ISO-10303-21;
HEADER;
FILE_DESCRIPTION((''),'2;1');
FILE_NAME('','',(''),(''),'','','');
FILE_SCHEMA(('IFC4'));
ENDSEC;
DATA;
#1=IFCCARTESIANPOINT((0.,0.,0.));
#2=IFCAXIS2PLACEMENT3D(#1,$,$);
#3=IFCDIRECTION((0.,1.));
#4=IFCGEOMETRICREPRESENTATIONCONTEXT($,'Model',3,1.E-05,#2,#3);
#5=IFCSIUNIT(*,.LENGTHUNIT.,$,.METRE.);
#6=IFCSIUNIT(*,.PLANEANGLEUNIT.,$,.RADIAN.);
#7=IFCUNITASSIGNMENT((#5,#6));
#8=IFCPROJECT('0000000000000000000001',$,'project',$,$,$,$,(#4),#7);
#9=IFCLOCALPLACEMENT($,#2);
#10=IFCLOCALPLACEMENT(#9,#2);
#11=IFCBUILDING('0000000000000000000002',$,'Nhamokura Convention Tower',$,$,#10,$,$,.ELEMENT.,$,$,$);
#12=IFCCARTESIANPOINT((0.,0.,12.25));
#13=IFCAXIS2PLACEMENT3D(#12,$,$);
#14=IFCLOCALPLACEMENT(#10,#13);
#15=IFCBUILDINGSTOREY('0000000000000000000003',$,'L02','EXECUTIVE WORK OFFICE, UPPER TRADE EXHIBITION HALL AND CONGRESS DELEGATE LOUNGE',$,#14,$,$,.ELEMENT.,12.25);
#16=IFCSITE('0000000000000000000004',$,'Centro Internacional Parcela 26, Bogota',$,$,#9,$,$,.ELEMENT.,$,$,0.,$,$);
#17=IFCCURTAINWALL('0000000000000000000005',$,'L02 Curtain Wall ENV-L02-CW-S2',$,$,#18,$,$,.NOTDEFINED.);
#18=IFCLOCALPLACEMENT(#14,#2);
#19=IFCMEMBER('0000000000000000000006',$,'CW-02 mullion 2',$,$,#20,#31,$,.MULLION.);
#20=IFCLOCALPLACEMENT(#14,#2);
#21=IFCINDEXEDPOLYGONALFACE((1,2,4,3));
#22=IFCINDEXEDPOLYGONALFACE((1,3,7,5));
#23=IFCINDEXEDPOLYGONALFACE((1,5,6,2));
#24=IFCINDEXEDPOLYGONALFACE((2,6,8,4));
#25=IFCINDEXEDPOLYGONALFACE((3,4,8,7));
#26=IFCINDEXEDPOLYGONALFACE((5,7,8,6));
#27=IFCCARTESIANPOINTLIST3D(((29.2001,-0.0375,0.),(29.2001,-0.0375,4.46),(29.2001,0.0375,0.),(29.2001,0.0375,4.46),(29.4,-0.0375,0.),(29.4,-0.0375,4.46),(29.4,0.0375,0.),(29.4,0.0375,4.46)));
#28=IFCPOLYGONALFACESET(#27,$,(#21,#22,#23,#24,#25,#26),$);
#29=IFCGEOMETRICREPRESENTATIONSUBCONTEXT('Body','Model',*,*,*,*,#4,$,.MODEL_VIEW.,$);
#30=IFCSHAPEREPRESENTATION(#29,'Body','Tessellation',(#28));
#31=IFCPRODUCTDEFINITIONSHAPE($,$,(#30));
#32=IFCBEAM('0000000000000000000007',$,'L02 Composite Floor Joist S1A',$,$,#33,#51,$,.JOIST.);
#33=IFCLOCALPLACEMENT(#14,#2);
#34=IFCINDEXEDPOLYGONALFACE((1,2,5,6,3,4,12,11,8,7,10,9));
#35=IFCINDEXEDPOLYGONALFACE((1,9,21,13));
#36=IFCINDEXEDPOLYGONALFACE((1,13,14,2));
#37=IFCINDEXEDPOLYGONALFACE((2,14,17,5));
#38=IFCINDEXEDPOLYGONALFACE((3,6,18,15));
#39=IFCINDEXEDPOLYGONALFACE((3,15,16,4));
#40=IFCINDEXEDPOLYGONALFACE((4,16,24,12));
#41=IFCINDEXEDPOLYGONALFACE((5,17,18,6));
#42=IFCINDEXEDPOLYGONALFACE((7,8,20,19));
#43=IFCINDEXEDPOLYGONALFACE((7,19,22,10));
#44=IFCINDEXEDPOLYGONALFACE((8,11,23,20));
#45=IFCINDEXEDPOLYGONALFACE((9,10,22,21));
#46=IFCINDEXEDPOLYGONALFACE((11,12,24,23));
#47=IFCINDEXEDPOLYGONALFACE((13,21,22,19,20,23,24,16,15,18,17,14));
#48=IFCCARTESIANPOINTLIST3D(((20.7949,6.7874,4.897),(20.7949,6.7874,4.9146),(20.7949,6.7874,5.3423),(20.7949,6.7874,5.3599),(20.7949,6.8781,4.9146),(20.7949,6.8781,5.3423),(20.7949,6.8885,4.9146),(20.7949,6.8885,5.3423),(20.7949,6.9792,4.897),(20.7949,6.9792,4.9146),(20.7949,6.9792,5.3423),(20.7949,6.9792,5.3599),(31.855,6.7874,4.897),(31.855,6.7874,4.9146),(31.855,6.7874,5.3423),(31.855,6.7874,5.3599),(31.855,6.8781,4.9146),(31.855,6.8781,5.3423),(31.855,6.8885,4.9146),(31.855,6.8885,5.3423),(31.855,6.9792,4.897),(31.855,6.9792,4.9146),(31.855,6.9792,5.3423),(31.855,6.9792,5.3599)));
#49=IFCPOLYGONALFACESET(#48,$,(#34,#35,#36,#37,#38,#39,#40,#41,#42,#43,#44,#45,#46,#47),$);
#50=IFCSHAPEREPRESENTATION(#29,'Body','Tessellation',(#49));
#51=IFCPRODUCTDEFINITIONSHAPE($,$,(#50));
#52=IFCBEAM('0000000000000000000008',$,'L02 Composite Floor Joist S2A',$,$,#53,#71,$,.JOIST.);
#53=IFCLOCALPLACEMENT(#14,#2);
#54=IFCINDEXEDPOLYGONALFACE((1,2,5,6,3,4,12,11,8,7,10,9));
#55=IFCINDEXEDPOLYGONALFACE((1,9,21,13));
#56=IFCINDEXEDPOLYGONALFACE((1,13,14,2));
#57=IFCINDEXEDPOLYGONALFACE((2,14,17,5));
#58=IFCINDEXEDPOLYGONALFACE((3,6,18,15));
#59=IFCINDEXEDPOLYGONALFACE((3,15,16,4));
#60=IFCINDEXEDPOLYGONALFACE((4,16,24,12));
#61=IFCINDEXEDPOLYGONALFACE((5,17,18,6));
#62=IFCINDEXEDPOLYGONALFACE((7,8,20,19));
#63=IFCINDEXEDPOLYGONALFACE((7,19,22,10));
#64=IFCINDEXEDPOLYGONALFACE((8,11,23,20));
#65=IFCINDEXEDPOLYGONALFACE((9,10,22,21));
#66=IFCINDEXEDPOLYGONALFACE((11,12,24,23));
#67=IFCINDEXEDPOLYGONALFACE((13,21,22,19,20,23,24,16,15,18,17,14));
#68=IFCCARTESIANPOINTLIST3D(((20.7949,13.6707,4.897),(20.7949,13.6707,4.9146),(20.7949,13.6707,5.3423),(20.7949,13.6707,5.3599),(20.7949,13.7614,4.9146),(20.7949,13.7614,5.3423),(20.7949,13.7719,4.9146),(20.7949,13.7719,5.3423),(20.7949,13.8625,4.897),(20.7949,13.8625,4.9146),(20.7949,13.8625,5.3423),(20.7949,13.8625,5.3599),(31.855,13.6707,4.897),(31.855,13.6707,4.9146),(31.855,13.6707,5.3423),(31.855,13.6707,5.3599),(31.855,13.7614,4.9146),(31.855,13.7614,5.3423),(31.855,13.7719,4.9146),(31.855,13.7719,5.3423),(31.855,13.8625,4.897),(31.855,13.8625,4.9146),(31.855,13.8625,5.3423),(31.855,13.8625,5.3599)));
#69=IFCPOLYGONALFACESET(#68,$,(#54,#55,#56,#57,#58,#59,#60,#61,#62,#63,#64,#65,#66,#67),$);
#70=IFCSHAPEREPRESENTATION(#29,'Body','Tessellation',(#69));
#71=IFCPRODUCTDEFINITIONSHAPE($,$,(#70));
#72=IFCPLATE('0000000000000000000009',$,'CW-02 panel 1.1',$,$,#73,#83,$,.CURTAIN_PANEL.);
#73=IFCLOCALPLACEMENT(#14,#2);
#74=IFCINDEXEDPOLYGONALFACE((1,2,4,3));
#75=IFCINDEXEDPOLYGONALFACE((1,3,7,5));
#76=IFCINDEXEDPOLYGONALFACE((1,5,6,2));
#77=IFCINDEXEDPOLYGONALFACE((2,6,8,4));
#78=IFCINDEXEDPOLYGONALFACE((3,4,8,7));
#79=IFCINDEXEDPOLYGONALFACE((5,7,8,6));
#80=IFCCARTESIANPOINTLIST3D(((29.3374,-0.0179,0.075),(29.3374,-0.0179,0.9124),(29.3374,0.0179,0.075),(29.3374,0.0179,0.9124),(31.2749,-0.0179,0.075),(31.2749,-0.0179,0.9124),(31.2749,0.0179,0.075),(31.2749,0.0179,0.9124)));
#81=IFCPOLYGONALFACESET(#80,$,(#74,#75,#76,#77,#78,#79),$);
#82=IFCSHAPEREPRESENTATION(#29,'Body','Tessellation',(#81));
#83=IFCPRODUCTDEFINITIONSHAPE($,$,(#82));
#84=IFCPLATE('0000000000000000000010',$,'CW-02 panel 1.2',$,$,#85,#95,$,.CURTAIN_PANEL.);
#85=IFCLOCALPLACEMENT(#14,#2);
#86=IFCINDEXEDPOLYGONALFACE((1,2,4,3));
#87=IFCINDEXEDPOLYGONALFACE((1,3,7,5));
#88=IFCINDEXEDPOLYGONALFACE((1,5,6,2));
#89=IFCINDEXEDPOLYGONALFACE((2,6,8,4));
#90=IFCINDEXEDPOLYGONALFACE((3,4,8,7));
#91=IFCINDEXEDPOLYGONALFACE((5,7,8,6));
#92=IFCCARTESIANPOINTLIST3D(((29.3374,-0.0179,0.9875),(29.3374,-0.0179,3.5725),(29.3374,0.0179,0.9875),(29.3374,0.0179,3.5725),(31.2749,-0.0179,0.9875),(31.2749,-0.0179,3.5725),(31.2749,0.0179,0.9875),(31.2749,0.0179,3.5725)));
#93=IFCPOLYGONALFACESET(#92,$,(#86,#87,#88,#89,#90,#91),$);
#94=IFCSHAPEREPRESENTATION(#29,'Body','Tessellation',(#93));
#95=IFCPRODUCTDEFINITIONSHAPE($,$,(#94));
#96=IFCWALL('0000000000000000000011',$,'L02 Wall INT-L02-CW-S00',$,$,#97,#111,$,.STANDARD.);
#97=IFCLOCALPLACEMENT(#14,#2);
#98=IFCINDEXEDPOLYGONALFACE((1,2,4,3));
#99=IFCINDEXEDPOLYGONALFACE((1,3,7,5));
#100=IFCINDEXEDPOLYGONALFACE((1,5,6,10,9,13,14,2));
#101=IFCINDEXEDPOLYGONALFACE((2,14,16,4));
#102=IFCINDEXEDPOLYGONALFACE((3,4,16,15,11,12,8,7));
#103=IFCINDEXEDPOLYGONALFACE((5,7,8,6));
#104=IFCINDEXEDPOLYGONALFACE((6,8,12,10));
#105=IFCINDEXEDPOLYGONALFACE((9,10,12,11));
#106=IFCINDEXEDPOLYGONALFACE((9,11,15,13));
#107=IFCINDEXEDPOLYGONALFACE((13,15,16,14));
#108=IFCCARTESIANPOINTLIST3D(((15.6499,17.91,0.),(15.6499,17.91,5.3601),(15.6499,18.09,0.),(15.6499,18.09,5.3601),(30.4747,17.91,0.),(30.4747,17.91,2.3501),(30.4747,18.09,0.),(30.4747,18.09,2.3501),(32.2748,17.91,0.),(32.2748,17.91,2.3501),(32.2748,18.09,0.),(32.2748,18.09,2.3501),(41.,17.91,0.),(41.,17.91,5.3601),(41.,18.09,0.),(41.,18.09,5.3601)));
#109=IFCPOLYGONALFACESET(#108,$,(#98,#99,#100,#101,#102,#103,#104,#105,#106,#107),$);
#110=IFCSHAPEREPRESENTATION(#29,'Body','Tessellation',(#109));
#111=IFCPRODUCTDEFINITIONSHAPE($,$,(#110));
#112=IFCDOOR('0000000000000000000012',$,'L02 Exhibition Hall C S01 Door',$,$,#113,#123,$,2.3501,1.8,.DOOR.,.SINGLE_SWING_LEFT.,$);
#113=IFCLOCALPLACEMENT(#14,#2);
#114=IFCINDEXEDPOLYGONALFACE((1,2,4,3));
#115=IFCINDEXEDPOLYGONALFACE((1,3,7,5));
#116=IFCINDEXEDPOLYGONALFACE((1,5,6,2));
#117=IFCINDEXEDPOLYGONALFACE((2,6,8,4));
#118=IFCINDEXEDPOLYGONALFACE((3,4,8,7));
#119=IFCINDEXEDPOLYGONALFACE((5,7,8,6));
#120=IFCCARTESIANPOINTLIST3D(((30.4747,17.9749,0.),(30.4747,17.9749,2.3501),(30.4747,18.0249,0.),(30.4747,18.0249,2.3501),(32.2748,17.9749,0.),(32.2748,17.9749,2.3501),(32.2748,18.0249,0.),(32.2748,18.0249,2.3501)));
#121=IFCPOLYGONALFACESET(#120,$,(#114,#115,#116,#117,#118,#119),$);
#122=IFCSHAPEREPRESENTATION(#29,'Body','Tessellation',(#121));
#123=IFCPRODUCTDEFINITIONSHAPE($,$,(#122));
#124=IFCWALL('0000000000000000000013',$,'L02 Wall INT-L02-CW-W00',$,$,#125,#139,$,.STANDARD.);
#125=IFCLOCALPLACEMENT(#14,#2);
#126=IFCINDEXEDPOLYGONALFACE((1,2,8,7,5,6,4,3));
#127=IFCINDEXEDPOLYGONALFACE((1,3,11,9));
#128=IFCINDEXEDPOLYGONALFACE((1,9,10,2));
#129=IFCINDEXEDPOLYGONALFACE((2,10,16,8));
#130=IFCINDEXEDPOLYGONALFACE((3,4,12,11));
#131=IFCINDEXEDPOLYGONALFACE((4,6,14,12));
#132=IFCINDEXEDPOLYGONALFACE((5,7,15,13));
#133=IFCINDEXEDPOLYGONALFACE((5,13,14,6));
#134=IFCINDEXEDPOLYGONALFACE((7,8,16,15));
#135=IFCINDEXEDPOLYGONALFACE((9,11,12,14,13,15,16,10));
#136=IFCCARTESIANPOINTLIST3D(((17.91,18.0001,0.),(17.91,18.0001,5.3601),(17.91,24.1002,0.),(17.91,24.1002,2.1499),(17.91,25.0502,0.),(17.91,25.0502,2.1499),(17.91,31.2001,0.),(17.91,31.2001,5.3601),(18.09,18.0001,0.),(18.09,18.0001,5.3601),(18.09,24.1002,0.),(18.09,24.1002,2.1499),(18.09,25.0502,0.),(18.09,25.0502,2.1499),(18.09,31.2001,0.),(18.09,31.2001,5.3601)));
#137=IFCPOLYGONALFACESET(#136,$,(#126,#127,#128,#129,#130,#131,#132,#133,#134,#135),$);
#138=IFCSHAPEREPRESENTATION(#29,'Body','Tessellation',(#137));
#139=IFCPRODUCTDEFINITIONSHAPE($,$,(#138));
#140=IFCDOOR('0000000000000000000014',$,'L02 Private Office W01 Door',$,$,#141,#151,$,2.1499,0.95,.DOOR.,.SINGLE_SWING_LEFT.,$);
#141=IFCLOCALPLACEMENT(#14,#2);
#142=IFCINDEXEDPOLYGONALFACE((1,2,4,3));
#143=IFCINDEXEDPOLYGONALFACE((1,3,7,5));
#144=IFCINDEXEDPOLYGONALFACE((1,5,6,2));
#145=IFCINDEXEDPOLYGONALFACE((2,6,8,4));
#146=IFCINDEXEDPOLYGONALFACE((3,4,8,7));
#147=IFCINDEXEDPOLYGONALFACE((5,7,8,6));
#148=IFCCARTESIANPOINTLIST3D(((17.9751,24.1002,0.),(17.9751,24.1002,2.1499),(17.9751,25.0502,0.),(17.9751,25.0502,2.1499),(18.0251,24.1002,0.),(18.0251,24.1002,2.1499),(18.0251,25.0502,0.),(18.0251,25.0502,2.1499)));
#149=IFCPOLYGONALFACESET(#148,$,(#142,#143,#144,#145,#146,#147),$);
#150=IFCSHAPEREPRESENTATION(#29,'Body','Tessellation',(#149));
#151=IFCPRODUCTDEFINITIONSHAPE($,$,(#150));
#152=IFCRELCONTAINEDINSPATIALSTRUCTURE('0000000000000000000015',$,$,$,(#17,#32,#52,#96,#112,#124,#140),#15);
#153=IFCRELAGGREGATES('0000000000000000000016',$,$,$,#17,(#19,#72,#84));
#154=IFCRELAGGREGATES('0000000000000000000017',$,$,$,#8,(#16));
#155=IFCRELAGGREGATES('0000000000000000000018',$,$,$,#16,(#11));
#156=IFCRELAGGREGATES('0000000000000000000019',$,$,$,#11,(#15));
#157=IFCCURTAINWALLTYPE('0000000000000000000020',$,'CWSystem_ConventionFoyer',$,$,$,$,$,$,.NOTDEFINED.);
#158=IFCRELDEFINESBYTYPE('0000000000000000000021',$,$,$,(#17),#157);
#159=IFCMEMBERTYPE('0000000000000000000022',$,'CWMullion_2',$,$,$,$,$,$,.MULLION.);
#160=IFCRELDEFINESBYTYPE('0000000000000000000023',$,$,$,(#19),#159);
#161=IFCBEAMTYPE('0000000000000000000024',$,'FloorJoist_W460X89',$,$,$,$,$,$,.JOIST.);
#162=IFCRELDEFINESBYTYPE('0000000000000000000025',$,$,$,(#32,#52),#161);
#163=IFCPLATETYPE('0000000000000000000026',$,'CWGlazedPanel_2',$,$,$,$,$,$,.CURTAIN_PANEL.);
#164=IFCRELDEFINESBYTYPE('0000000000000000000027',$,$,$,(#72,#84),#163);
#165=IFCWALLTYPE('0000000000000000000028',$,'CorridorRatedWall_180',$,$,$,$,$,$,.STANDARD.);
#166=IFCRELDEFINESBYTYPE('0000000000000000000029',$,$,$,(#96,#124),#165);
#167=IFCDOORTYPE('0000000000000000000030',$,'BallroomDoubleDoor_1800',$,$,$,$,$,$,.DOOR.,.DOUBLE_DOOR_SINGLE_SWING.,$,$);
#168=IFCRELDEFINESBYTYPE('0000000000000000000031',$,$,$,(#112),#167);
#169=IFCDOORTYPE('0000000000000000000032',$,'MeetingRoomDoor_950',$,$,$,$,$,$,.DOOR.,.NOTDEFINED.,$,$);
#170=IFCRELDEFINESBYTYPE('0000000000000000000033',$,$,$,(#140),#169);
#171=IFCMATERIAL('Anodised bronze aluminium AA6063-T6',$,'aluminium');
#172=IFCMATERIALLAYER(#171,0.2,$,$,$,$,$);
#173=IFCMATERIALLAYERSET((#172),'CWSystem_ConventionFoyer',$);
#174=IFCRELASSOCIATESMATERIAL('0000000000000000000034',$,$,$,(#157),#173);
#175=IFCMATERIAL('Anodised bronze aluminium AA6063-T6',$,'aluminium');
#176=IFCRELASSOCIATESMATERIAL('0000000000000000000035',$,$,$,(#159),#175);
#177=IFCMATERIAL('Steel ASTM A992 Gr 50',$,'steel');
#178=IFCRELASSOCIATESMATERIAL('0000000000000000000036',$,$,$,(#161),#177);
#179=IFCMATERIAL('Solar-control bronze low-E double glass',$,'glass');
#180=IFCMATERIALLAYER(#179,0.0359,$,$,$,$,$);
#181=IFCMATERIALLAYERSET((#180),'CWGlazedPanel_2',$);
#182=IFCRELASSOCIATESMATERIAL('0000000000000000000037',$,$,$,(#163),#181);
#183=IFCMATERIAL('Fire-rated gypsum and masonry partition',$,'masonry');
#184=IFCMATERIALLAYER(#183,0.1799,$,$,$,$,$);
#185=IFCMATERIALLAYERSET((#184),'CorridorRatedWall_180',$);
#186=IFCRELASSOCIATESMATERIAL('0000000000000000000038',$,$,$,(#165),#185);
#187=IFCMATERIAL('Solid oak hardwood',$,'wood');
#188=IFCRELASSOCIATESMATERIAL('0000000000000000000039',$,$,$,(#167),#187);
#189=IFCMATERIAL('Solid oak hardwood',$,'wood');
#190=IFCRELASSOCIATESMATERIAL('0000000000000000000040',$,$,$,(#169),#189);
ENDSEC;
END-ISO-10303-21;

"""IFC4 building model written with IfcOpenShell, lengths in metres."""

from ifc_helpers import new_model, si_unit, direction, frame, frame_2d, origin, origin_2d, place, context, subcontext, project, spatial, rectangle, i_section, extrude, material, layer, layer_set, material_profile, profile_set, type_object, element, fill, aggregate, save


model = new_model("IFC4")

# Units and contexts
model_context = context("Model", 3, precision=1e-05, world=origin(), true_north=direction((0.0, 1.0)))
body_context = subcontext(model_context, "Body", "Model", "MODEL_VIEW")
ifc_project = project(units=[si_unit("LENGTHUNIT", "METRE"), si_unit("PLANEANGLEUNIT", "RADIAN")], contexts=[model_context])

# Site, building, storey
site_placement = place(None, origin())
site = spatial("IfcSite", under=ifc_project, at=site_placement, Name="Centro Internacional Parcela 26, Bogota", CompositionType="ELEMENT", RefElevation=0.0)
building_placement = place(site_placement, origin())
building = spatial("IfcBuilding", under=site, at=building_placement, Name="Nhamokura Convention Tower", CompositionType="ELEMENT")
storey_placement = place(building_placement, frame((0.0, 0.0, 12.25)))
storey = spatial("IfcBuildingStorey", under=building, at=storey_placement, Name="L02", Description="EXECUTIVE WORK OFFICE, UPPER TRADE EXHIBITION HALL AND CONGRESS DELEGATE LOUNGE", CompositionType="ELEMENT", Elevation=12.25)

# Curtain wall, member
ifc_material_1 = material(Name="Anodised bronze aluminium AA6063-T6", Category="aluminium")
ifc_layer_1 = layer(ifc_material_1, 0.2)
ifc_layer_set_1 = layer_set([ifc_layer_1], Name="CWSystem_ConventionFoyer")
curtain_wall_type = type_object("IfcCurtainWallType", Name="CWSystem_ConventionFoyer", PredefinedType="NOTDEFINED", material=ifc_layer_set_1)
curtain_wall_placement = place(storey_placement, origin())
curtain_wall = element("IfcCurtainWall", 1, at=curtain_wall_placement, inside=storey, type_object=curtain_wall_type, Name="L02 Curtain Wall ENV-L02-CW-S2", PredefinedType="NOTDEFINED")
ifc_material_2 = material(Name="Anodised bronze aluminium AA6063-T6", Category="aluminium")
ifc_material_profile_1 = material_profile(ifc_material_2, rectangle(XDim=0.075, YDim=0.2, at=origin_2d()))
ifc_profile_set_1 = profile_set([ifc_material_profile_1], Name="Anodised bronze aluminium AA6063-T6")
member_type = type_object("IfcMemberType", Name="CWMullion_2", PredefinedType="MULLION", material=ifc_profile_set_1)
member_placement = place(storey_placement, frame((29.3, 0.0, 0.0), z_axis=(0.0, 0.0, 1.0), x_axis=(0.0, -1.0, 0.0)))
member = element("IfcMember", 2, at=member_placement, type_object=member_type, Name="CW-02 mullion 2", PredefinedType="MULLION", context=body_context, shape_type="SweptSolid", body=[
    extrude(rectangle(XDim=0.075, YDim=0.2, at=origin_2d()), origin(), (0.0, 0.0, 1.0), 4.46),
])

# Beams
ifc_material_3 = material(Name="Steel ASTM A992 Gr 50", Category="steel")
ifc_material_profile_2 = material_profile(ifc_material_3, i_section(OverallWidth=0.1919, OverallDepth=0.4629, WebThickness=0.0105, FlangeThickness=0.0176, at=origin_2d()))
ifc_profile_set_2 = profile_set([ifc_material_profile_2], Name="Steel ASTM A992 Gr 50")
beam_type = type_object("IfcBeamType", Name="FloorJoist_W460X89", PredefinedType="JOIST", material=ifc_profile_set_2)
for number, where, z_axis, x_axis, name in (
    (3, (20.7949, 6.8833, 5.1284), (1.0, 0.0, 0.0), (0.0, 1.0, 0.0), "L02 Composite Floor Joist S1A"),
    (4, (20.7949, 13.7666, 5.1284), (1.0, 0.0, 0.0), (0.0, 1.0, 0.0), "L02 Composite Floor Joist S2A"),
):
    element("IfcBeam", number, at=place(storey_placement, frame(where, z_axis=z_axis, x_axis=x_axis)), inside=storey, type_object=beam_type, Name=name, PredefinedType="JOIST", context=body_context, shape_type="SweptSolid", body=[
        extrude(i_section(OverallWidth=0.1919, OverallDepth=0.4629, WebThickness=0.0105, FlangeThickness=0.0176, at=origin_2d()), origin(), (0.0, 0.0, 1.0), 11.0601),
    ])

# Plates
ifc_material_4 = material(Name="Solar-control bronze low-E double glass", Category="glass")
ifc_layer_2 = layer(ifc_material_4, 0.0359)
ifc_layer_set_2 = layer_set([ifc_layer_2], Name="CWGlazedPanel_2")
plate_type = type_object("IfcPlateType", Name="CWGlazedPanel_2", PredefinedType="CURTAIN_PANEL", material=ifc_layer_set_2)
plate_1_placement = place(storey_placement, frame((30.3062, 0.0, 0.075), z_axis=(0.0, 0.0, 1.0), x_axis=(-1.0, 0.0, 0.0)))
plate_1 = element("IfcPlate", 5, at=plate_1_placement, type_object=plate_type, Name="CW-02 panel 1.1", PredefinedType="CURTAIN_PANEL", context=body_context, shape_type="SweptSolid", body=[
    extrude(rectangle(XDim=1.9375, YDim=0.0359, at=origin_2d()), origin(), (0.0, 0.0, 1.0), 0.8374),
])
plate_2_placement = place(storey_placement, frame((30.3062, 0.0, 0.9875), z_axis=(0.0, 0.0, 1.0), x_axis=(-1.0, 0.0, 0.0)))
plate_2 = element("IfcPlate", 6, at=plate_2_placement, type_object=plate_type, Name="CW-02 panel 1.2", PredefinedType="CURTAIN_PANEL", context=body_context, shape_type="SweptSolid", body=[
    extrude(rectangle(XDim=1.9375, YDim=0.0359, at=origin_2d()), origin(), (0.0, 0.0, 1.0), 2.585),
])
aggregate(curtain_wall, [member, plate_1, plate_2])

# Walls, openings, doors
ifc_material_5 = material(Name="Fire-rated gypsum and masonry partition", Category="masonry")
ifc_layer_3 = layer(ifc_material_5, 0.1799)
ifc_layer_set_3 = layer_set([ifc_layer_3], Name="CorridorRatedWall_180")
wall_type_1 = type_object("IfcWallType", Name="CorridorRatedWall_180", PredefinedType="STANDARD", material=ifc_layer_set_3)
wall_1_placement = place(storey_placement, frame((15.6499, 18.0, 0.0), z_axis=(0.0, 0.0, 1.0), x_axis=(1.0, 0.0, 0.0)))
wall_1 = element("IfcWall", 7, at=wall_1_placement, inside=storey, type_object=wall_type_1, Name="L02 Wall INT-L02-CW-S00", PredefinedType="STANDARD", context=body_context, shape_type="SweptSolid", body=[
    extrude(rectangle(XDim=25.3501, YDim=0.1799, at=frame_2d((12.675, 0.0))), origin(), (0.0, 0.0, 1.0), 5.3601),
])
opening_1_placement = place(wall_1_placement, frame((14.825, 0.0, 0.0)))
opening_1 = element("IfcOpeningElement", 8, at=opening_1_placement, cuts=wall_1, PredefinedType="OPENING", context=body_context, shape_type="SweptSolid", body=[
    extrude(rectangle(XDim=1.8, YDim=2.3501, at=frame_2d((0.8999, 1.175))), frame((0.0, 0.0999, 0.0), z_axis=(0.0, -1.0, 0.0), x_axis=(1.0, 0.0, 0.0)), (0.0, 0.0, 1.0), 0.2),
])
ifc_material_6 = material(Name="Solid oak hardwood", Category="wood")
door_type_1 = type_object("IfcDoorType", Name="BallroomDoubleDoor_1800", OperationType="DOUBLE_DOOR_SINGLE_SWING", PredefinedType="DOOR", material=ifc_material_6)
door_1_placement = place(opening_1_placement, origin())
door_1 = element("IfcDoor", 9, at=door_1_placement, inside=storey, type_object=door_type_1, Name="L02 Exhibition Hall C S01 Door", OperationType="SINGLE_SWING_LEFT", OverallHeight=2.3501, OverallWidth=1.8, PredefinedType="DOOR", context=body_context, shape_type="SweptSolid", body=[
    extrude(rectangle(XDim=1.8, YDim=2.3501, at=frame_2d((0.8999, 1.175))), frame((0.0, 0.0249, 0.0), z_axis=(0.0, -1.0, 0.0), x_axis=(1.0, 0.0, 0.0)), (0.0, 0.0, 1.0), 0.05),
])
fill(opening_1, door_1)
wall_2_placement = place(storey_placement, frame((18.0, 18.0, 0.0), z_axis=(0.0, 0.0, 1.0), x_axis=(0.0, 1.0, 0.0)))
wall_2 = element("IfcWall", 10, at=wall_2_placement, inside=storey, type_object=wall_type_1, Name="L02 Wall INT-L02-CW-W00", PredefinedType="STANDARD", context=body_context, shape_type="SweptSolid", body=[
    extrude(rectangle(XDim=13.2, YDim=0.1799, at=frame_2d((6.6001, 0.0))), origin(), (0.0, 0.0, 1.0), 5.3601),
])
opening_2_placement = place(wall_2_placement, frame((6.1001, 0.0, 0.0)))
opening_2 = element("IfcOpeningElement", 11, at=opening_2_placement, cuts=wall_2, PredefinedType="OPENING", context=body_context, shape_type="SweptSolid", body=[
    extrude(rectangle(XDim=0.95, YDim=2.1499, at=frame_2d((0.4751, 1.075))), frame((0.0, 0.0999, 0.0), z_axis=(0.0, -1.0, 0.0), x_axis=(1.0, 0.0, 0.0)), (0.0, 0.0, 1.0), 0.2),
])
ifc_material_7 = material(Name="Solid oak hardwood", Category="wood")
door_type_2 = type_object("IfcDoorType", Name="MeetingRoomDoor_950", OperationType="NOTDEFINED", PredefinedType="DOOR", material=ifc_material_7)
door_2_placement = place(opening_2_placement, origin())
door_2 = element("IfcDoor", 12, at=door_2_placement, inside=storey, type_object=door_type_2, Name="L02 Private Office W01 Door", OperationType="SINGLE_SWING_LEFT", OverallHeight=2.1499, OverallWidth=0.95, PredefinedType="DOOR", context=body_context, shape_type="SweptSolid", body=[
    extrude(rectangle(XDim=0.95, YDim=2.1499, at=frame_2d((0.4751, 1.075))), frame((0.0, 0.0249, 0.0), z_axis=(0.0, -1.0, 0.0), x_axis=(1.0, 0.0, 0.0)), (0.0, 0.0, 1.0), 0.05),
])
fill(opening_2, door_2)

save(model, "model.ifc")
